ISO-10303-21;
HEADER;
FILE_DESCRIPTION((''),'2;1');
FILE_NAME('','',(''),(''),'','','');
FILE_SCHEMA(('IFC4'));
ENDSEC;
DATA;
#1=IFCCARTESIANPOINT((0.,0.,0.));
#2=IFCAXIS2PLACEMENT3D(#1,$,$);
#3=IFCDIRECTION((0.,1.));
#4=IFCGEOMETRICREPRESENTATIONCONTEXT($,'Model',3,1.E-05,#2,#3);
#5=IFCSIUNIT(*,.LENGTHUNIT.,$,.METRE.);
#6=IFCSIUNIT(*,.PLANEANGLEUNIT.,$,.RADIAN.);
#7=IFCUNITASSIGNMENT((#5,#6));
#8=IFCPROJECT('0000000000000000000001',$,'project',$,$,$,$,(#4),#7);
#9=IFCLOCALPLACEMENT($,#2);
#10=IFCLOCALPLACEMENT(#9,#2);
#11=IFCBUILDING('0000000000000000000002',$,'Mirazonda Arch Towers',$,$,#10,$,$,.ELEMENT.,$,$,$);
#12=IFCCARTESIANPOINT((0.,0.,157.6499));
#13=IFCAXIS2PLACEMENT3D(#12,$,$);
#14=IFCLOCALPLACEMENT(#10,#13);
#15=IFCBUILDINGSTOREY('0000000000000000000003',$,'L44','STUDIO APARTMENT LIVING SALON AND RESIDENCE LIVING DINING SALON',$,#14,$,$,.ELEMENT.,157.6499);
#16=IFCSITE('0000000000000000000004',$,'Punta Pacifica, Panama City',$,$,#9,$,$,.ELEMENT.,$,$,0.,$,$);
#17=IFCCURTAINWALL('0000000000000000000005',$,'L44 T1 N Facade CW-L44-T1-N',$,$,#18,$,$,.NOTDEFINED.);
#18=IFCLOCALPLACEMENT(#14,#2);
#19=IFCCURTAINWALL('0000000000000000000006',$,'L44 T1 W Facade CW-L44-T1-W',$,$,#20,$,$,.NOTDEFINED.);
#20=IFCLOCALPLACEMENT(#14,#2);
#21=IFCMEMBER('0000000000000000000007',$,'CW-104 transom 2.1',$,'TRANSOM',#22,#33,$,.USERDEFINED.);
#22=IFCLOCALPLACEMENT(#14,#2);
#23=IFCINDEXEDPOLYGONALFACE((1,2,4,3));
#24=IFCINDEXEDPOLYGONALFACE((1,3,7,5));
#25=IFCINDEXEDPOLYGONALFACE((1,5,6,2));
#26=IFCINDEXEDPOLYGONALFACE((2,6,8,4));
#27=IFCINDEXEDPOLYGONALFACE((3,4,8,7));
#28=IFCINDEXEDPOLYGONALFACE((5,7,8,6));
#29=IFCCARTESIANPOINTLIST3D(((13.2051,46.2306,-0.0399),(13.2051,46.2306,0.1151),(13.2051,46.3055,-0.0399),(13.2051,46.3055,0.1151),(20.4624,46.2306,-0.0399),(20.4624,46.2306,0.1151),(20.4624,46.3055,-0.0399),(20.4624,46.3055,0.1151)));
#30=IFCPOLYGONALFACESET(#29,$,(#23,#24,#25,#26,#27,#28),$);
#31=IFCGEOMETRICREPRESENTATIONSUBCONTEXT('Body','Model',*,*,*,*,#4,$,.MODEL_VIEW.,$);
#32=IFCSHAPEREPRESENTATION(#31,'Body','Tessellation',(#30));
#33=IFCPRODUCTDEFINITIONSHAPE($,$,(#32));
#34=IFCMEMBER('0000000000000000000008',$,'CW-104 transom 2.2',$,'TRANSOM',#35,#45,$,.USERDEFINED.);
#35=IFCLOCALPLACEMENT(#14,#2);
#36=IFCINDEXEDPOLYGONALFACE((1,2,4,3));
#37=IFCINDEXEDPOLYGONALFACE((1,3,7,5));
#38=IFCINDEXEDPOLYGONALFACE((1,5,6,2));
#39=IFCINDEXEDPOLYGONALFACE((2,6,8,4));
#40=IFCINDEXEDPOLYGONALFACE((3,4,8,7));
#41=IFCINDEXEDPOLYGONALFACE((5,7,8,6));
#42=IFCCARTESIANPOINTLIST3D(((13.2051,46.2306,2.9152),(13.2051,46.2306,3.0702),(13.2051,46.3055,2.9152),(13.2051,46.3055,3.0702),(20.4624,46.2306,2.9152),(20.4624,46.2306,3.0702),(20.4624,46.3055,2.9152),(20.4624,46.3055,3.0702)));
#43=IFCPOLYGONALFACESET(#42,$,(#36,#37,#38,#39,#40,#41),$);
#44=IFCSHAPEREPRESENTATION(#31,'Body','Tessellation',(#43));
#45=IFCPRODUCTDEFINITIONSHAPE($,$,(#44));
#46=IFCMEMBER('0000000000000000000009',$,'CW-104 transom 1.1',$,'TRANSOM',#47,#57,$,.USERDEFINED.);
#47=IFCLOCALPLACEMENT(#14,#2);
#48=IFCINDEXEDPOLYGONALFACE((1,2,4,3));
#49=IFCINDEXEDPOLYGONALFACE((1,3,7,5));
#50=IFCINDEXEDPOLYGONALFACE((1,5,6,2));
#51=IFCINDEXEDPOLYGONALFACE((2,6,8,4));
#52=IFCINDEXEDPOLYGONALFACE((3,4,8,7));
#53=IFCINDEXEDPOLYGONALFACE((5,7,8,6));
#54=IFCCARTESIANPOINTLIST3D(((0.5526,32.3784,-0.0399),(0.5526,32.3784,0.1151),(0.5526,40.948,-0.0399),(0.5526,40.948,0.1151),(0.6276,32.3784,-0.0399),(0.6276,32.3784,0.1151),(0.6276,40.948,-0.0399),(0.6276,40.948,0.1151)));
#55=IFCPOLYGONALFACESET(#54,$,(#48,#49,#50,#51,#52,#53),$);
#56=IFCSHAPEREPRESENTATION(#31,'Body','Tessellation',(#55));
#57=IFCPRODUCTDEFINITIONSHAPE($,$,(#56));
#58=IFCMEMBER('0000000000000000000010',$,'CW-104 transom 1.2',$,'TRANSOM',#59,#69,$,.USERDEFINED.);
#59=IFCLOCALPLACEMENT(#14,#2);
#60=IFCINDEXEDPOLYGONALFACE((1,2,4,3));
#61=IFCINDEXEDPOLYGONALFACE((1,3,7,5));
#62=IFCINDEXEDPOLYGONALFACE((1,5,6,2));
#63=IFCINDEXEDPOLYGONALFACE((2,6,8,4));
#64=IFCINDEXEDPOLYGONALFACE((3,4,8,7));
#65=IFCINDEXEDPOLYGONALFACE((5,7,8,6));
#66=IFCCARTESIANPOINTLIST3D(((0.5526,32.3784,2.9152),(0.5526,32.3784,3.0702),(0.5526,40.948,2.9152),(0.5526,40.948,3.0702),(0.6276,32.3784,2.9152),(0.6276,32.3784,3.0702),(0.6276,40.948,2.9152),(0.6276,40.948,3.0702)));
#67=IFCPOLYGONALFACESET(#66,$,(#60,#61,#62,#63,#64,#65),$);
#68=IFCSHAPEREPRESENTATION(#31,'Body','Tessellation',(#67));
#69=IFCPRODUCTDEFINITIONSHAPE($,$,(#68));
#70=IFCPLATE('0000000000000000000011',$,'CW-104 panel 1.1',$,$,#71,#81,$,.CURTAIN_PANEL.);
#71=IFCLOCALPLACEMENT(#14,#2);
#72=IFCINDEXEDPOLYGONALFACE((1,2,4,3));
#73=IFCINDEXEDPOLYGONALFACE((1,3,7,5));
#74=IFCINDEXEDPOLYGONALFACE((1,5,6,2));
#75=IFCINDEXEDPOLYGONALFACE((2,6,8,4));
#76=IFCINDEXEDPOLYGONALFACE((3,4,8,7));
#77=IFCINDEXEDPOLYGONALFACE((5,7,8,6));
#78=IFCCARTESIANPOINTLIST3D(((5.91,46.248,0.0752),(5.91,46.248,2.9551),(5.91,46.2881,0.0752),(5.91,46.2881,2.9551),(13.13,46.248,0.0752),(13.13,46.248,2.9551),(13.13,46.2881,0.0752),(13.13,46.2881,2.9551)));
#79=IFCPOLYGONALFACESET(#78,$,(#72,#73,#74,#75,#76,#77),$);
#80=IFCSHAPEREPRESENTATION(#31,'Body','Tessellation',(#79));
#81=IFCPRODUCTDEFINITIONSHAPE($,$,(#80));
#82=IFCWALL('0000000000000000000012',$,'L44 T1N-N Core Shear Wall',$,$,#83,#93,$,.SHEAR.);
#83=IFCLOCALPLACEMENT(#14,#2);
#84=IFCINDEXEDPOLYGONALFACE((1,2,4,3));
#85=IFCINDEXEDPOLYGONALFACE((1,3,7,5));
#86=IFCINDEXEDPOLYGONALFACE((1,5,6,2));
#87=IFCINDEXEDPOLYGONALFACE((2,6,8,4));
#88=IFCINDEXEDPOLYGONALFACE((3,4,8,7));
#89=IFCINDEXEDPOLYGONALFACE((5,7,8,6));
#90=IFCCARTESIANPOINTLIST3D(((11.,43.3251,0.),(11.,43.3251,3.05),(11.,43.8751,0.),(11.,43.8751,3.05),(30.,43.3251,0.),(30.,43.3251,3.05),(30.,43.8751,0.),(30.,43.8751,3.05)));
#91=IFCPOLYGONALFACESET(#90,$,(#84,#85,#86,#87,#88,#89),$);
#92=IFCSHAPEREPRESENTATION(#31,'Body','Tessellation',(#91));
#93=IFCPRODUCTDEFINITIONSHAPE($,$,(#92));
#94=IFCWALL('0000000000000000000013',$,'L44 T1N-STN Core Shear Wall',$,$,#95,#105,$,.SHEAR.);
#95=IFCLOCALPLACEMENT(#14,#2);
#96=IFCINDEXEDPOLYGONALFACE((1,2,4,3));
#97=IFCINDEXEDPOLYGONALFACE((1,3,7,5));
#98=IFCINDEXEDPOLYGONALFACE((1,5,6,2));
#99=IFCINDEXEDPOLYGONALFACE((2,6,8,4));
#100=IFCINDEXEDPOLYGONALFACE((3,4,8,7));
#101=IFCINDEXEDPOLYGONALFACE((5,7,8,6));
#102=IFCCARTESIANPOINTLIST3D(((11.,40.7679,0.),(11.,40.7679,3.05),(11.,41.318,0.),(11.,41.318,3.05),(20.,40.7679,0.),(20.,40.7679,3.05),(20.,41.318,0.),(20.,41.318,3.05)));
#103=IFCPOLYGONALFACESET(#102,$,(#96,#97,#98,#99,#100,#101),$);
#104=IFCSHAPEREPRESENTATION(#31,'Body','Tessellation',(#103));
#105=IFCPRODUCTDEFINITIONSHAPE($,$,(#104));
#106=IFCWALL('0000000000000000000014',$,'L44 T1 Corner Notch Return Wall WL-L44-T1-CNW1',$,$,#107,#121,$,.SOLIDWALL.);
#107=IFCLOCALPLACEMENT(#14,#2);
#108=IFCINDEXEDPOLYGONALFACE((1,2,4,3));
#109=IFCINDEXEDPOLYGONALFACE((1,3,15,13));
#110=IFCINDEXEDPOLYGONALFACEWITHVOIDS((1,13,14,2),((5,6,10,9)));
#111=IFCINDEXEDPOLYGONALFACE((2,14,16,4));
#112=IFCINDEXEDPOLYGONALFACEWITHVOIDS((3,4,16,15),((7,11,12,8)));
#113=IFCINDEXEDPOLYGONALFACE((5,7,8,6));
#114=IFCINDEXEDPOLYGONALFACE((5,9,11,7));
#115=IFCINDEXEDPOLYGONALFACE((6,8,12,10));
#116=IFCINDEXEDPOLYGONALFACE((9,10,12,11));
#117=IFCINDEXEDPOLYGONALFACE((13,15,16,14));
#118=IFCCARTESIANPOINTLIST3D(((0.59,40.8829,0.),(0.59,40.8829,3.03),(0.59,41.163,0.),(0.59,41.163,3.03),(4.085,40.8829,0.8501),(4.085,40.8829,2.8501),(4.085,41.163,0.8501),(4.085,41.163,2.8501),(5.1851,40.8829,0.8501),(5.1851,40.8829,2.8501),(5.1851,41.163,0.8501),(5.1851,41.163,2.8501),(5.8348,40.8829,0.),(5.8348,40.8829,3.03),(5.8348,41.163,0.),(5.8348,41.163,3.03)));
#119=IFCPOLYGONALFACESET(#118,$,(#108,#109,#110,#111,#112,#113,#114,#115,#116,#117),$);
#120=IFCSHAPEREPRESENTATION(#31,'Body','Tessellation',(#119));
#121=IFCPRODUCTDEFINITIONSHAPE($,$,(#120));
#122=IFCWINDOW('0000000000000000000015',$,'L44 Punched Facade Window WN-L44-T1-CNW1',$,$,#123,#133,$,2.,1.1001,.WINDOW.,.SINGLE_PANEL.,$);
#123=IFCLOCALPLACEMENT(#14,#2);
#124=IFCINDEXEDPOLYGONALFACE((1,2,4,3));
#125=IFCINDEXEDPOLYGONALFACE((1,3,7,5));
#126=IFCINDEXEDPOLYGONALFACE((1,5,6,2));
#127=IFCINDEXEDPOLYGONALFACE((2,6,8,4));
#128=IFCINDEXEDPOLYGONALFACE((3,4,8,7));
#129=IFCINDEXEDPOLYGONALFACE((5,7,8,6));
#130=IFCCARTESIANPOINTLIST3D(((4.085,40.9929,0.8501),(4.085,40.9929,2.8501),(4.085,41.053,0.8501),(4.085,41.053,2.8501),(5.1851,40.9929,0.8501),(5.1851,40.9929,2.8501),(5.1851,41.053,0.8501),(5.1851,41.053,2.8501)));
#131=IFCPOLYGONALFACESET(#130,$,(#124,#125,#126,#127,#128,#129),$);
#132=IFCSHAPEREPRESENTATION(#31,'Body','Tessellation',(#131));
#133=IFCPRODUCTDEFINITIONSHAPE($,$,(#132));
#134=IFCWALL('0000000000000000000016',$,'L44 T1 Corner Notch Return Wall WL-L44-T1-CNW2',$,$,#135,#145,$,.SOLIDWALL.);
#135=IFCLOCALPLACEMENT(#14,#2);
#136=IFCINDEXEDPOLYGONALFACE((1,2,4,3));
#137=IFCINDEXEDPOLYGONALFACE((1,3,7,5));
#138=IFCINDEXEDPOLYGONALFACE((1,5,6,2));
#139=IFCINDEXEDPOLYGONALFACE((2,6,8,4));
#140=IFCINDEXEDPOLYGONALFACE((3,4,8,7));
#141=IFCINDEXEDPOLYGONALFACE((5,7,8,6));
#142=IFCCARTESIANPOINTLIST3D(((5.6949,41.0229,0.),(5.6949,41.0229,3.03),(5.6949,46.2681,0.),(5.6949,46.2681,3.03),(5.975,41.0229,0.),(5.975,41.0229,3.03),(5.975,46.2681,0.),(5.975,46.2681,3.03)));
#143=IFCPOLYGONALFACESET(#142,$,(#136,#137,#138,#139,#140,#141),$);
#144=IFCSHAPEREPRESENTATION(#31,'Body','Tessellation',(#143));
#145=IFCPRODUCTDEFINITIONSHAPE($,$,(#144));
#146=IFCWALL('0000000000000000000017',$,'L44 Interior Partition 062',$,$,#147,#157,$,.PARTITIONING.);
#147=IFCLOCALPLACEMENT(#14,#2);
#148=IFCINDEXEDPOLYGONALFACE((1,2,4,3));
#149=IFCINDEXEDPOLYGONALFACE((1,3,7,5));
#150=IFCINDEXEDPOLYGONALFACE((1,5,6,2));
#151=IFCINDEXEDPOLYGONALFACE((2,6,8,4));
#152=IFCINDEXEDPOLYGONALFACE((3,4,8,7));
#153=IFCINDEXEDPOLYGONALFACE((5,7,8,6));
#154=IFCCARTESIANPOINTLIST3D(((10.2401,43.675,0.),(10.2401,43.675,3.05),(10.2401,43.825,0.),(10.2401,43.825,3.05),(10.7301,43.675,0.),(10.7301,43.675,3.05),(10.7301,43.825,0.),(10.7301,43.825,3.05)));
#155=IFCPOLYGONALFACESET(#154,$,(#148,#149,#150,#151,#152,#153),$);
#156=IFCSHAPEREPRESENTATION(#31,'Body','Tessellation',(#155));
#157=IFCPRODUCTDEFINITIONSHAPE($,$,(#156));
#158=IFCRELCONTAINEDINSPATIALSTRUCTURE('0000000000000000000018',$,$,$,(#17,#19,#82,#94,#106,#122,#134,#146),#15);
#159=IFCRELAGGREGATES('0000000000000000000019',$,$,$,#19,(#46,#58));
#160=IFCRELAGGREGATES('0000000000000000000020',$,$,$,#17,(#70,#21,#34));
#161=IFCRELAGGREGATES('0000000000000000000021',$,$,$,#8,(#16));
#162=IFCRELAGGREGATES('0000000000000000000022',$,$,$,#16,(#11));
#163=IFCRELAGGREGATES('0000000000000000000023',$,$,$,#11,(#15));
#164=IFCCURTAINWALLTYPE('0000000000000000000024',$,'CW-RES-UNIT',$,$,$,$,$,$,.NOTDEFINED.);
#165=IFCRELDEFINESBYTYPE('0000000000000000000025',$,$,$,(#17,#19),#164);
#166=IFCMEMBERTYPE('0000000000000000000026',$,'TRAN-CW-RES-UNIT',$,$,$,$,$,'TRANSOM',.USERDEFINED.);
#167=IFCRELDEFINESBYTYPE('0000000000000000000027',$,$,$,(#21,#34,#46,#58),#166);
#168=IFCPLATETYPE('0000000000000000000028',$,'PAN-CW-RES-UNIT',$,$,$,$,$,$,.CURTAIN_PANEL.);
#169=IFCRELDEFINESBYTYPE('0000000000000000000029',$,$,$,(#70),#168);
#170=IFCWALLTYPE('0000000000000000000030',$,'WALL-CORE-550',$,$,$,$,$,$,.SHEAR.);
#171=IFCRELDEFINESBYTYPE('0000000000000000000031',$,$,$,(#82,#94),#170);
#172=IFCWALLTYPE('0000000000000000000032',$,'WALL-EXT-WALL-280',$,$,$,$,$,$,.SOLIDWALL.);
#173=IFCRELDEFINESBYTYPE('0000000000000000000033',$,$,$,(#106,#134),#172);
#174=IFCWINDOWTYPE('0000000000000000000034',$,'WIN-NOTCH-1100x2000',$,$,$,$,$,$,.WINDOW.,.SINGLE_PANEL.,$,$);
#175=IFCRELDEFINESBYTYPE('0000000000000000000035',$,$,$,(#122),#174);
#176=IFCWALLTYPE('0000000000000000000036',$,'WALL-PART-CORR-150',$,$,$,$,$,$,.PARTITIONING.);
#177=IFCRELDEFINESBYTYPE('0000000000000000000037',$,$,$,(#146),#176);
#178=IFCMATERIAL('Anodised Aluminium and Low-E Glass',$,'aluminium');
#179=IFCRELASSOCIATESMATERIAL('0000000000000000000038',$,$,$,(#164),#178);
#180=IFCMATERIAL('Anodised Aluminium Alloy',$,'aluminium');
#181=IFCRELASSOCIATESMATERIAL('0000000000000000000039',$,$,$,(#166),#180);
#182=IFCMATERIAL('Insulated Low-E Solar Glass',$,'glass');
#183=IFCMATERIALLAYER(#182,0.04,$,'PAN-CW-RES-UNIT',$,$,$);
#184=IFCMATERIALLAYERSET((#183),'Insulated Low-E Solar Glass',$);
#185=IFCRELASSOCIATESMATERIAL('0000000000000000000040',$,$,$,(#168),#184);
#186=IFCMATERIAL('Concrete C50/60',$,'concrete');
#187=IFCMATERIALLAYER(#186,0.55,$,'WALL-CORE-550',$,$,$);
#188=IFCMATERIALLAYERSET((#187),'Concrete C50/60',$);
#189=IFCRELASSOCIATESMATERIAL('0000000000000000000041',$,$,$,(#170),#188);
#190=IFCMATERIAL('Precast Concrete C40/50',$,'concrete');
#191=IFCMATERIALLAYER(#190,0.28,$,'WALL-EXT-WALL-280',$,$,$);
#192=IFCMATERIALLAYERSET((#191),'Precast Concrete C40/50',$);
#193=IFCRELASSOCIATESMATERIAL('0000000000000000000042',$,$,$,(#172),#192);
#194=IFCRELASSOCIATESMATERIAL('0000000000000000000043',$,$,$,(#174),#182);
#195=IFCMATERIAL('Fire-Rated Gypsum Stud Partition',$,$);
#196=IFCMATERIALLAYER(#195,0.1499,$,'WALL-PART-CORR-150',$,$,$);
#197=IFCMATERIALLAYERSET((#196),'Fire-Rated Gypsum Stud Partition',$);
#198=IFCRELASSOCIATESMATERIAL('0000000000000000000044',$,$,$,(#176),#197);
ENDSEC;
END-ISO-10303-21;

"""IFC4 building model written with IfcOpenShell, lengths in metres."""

from ifc_helpers import new_model, si_unit, direction, frame, frame_2d, origin, origin_2d, place, context, subcontext, project, spatial, rectangle, extrude, material, layer, layer_set, material_profile, profile_set, type_object, element, fill, aggregate, save


model = new_model("IFC4")

# Units and contexts
model_context = context("Model", 3, precision=1e-05, world=origin(), true_north=direction((0.0, 1.0)))
body_context = subcontext(model_context, "Body", "Model", "MODEL_VIEW")
ifc_project = project(units=[si_unit("LENGTHUNIT", "METRE"), si_unit("PLANEANGLEUNIT", "RADIAN")], contexts=[model_context])

# Site, building, storey
site_placement = place(None, origin())
site = spatial("IfcSite", under=ifc_project, at=site_placement, Name="Punta Pacifica, Panama City", CompositionType="ELEMENT", RefElevation=0.0)
building_placement = place(site_placement, origin())
building = spatial("IfcBuilding", under=site, at=building_placement, Name="Mirazonda Arch Towers", CompositionType="ELEMENT")
storey_placement = place(building_placement, frame((0.0, 0.0, 157.6499)))
storey = spatial("IfcBuildingStorey", under=building, at=storey_placement, Name="L44", Description="STUDIO APARTMENT LIVING SALON AND RESIDENCE LIVING DINING SALON", CompositionType="ELEMENT", Elevation=157.6499)

# Shared definitions
ifc_material_1 = material(Name="Concrete C50/60", Category="concrete")

# Curtain wall
ifc_material_2 = material(Name="Anodised Aluminium and Low-E Glass", Category="aluminium")
curtain_wall_type = type_object("IfcCurtainWallType", Name="CW-RES-UNIT", PredefinedType="NOTDEFINED", material=ifc_material_2)
curtain_wall_1_placement = place(storey_placement, origin())
curtain_wall_1 = element("IfcCurtainWall", 1, at=curtain_wall_1_placement, inside=storey, type_object=curtain_wall_type, Name="L44 T1 N Facade CW-L44-T1-N", PredefinedType="NOTDEFINED")
ifc_material_3 = material(Name="Anodised Aluminium Alloy", Category="aluminium")

# Curtain wall
curtain_wall_2_placement = place(storey_placement, origin())
curtain_wall_2 = element("IfcCurtainWall", 2, at=curtain_wall_2_placement, inside=storey, type_object=curtain_wall_type, Name="L44 T1 W Facade CW-L44-T1-W", PredefinedType="NOTDEFINED")

# Members
ifc_material_profile_1 = material_profile(ifc_material_3, rectangle(XDim=0.075, YDim=0.155, at=origin_2d()), Name="ALU-TRAN-75x155")
ifc_profile_set_1 = profile_set([ifc_material_profile_1], Name="Anodised Aluminium Alloy")
member_type_1 = type_object("IfcMemberType", Name="TRAN-CW-RES-UNIT", ElementType="TRANSOM", PredefinedType="USERDEFINED", material=ifc_profile_set_1)
member_1_placement = place(storey_placement, frame((13.2051, 46.2681, 0.0376), z_axis=(1.0, 0.0, 0.0), x_axis=(0.0, 1.0, 0.0)))
member_1 = element("IfcMember", 3, at=member_1_placement, type_object=member_type_1, Name="CW-104 transom 2.1", ObjectType="TRANSOM", PredefinedType="USERDEFINED", context=body_context, shape_type="SweptSolid", body=[
    extrude(rectangle(XDim=0.075, YDim=0.155, at=origin_2d()), origin(), (0.0, 0.0, 1.0), 7.2573),
])
member_2_placement = place(storey_placement, frame((13.2051, 46.2681, 2.9927), z_axis=(1.0, 0.0, 0.0), x_axis=(0.0, 1.0, 0.0)))
member_2 = element("IfcMember", 4, at=member_2_placement, type_object=member_type_1, Name="CW-104 transom 2.2", ObjectType="TRANSOM", PredefinedType="USERDEFINED", context=body_context, shape_type="SweptSolid", body=[
    extrude(rectangle(XDim=0.075, YDim=0.155, at=origin_2d()), origin(), (0.0, 0.0, 1.0), 7.2573),
])
member_3_placement = place(storey_placement, frame((0.5901, 40.948, 0.0376), z_axis=(0.0, -1.0, 0.0), x_axis=(1.0, 0.0, 0.0)))
member_3 = element("IfcMember", 5, at=member_3_placement, type_object=member_type_1, Name="CW-104 transom 1.1", ObjectType="TRANSOM", PredefinedType="USERDEFINED", context=body_context, shape_type="SweptSolid", body=[
    extrude(rectangle(XDim=0.075, YDim=0.155, at=origin_2d()), origin(), (0.0, 0.0, 1.0), 8.5696),
])
member_4_placement = place(storey_placement, frame((0.5901, 40.948, 2.9927), z_axis=(0.0, -1.0, 0.0), x_axis=(1.0, 0.0, 0.0)))
member_4 = element("IfcMember", 6, at=member_4_placement, type_object=member_type_1, Name="CW-104 transom 1.2", ObjectType="TRANSOM", PredefinedType="USERDEFINED", context=body_context, shape_type="SweptSolid", body=[
    extrude(rectangle(XDim=0.075, YDim=0.155, at=origin_2d()), origin(), (0.0, 0.0, 1.0), 8.5696),
])
aggregate(curtain_wall_2, [member_3, member_4])

# Plate
ifc_material_4 = material(Name="Insulated Low-E Solar Glass", Category="glass")
ifc_layer_1 = layer(ifc_material_4, 0.04, Name="PAN-CW-RES-UNIT")
ifc_layer_set_1 = layer_set([ifc_layer_1], Name="Insulated Low-E Solar Glass")
plate_type = type_object("IfcPlateType", Name="PAN-CW-RES-UNIT", PredefinedType="CURTAIN_PANEL", material=ifc_layer_set_1)
plate_placement = place(storey_placement, frame((9.52, 46.2681, 0.0752), z_axis=(0.0, 0.0, 1.0), x_axis=(1.0, 0.0, 0.0)))
plate = element("IfcPlate", 7, at=plate_placement, type_object=plate_type, Name="CW-104 panel 1.1", PredefinedType="CURTAIN_PANEL", context=body_context, shape_type="SweptSolid", body=[
    extrude(rectangle(XDim=7.22, YDim=0.04, at=origin_2d()), origin(), (0.0, 0.0, 1.0), 2.8799),
])
aggregate(curtain_wall_1, [plate, member_1, member_2])

# Walls
ifc_layer_2 = layer(ifc_material_1, 0.55, Name="WALL-CORE-550")
ifc_layer_set_2 = layer_set([ifc_layer_2], Name="Concrete C50/60")
wall_type_1 = type_object("IfcWallType", Name="WALL-CORE-550", PredefinedType="SHEAR", material=ifc_layer_set_2)
wall_1_placement = place(storey_placement, frame((11.0, 43.6001, 0.0), z_axis=(0.0, 0.0, 1.0), x_axis=(1.0, 0.0, 0.0)))
element("IfcWall", 8, at=wall_1_placement, inside=storey, type_object=wall_type_1, Name="L44 T1N-N Core Shear Wall", PredefinedType="SHEAR", context=body_context, shape_type="SweptSolid", body=[
    extrude(rectangle(XDim=19.0, YDim=0.55, at=frame_2d((9.5, 0.0))), origin(), (0.0, 0.0, 1.0), 3.05),
])
wall_2_placement = place(storey_placement, frame((11.0, 41.043, 0.0), z_axis=(0.0, 0.0, 1.0), x_axis=(1.0, 0.0, 0.0)))
element("IfcWall", 9, at=wall_2_placement, inside=storey, type_object=wall_type_1, Name="L44 T1N-STN Core Shear Wall", PredefinedType="SHEAR", context=body_context, shape_type="SweptSolid", body=[
    extrude(rectangle(XDim=9.0, YDim=0.55, at=frame_2d((4.5, 0.0))), origin(), (0.0, 0.0, 1.0), 3.05),
])

# Wall, opening, window
ifc_material_5 = material(Name="Precast Concrete C40/50", Category="concrete")
ifc_layer_3 = layer(ifc_material_5, 0.28, Name="WALL-EXT-WALL-280")
ifc_layer_set_3 = layer_set([ifc_layer_3], Name="Precast Concrete C40/50")
wall_type_2 = type_object("IfcWallType", Name="WALL-EXT-WALL-280", PredefinedType="SOLIDWALL", material=ifc_layer_set_3)
wall_3_placement = place(storey_placement, frame((5.835, 41.0229, 0.0), z_axis=(0.0, 0.0, 1.0), x_axis=(-1.0, 0.0, 0.0)))
wall_3 = element("IfcWall", 10, at=wall_3_placement, inside=storey, type_object=wall_type_2, Name="L44 T1 Corner Notch Return Wall WL-L44-T1-CNW1", PredefinedType="SOLIDWALL", context=body_context, shape_type="SweptSolid", body=[
    extrude(rectangle(XDim=5.2449, YDim=0.28, at=frame_2d((2.6226, 0.0))), origin(), (0.0, 0.0, 1.0), 3.03),
])
opening_1_placement = place(wall_3_placement, frame((0.6499, 0.0, 0.8501)))
opening_1 = element("IfcOpeningElement", 11, at=opening_1_placement, cuts=wall_3, PredefinedType="OPENING", context=body_context, shape_type="SweptSolid", body=[
    extrude(rectangle(XDim=1.1001, YDim=2.0, at=frame_2d((0.55, 1.0))), frame((0.0, 0.1499, 0.0), z_axis=(0.0, -1.0, 0.0), x_axis=(1.0, 0.0, 0.0)), (0.0, 0.0, 1.0), 0.3),
])
window_type = type_object("IfcWindowType", Name="WIN-NOTCH-1100x2000", PartitioningType="SINGLE_PANEL", PredefinedType="WINDOW", material=ifc_material_4)
window_placement = place(opening_1_placement, origin())
window = element("IfcWindow", 12, at=window_placement, inside=storey, type_object=window_type, Name="L44 Punched Facade Window WN-L44-T1-CNW1", OverallHeight=2.0, OverallWidth=1.1001, PartitioningType="SINGLE_PANEL", PredefinedType="WINDOW", context=body_context, shape_type="SweptSolid", body=[
    extrude(rectangle(XDim=1.1001, YDim=2.0, at=frame_2d((0.55, 1.0))), frame((0.0, 0.03, 0.0), z_axis=(0.0, -1.0, 0.0), x_axis=(1.0, 0.0, 0.0)), (0.0, 0.0, 1.0), 0.0601),
])
fill(opening_1, window)

# Walls
wall_4_placement = place(storey_placement, frame((5.835, 46.2681, 0.0), z_axis=(0.0, 0.0, 1.0), x_axis=(0.0, -1.0, 0.0)))
element("IfcWall", 13, at=wall_4_placement, inside=storey, type_object=wall_type_2, Name="L44 T1 Corner Notch Return Wall WL-L44-T1-CNW2", PredefinedType="SOLIDWALL", context=body_context, shape_type="SweptSolid", body=[
    extrude(rectangle(XDim=5.2451, YDim=0.28, at=frame_2d((2.6226, 0.0))), origin(), (0.0, 0.0, 1.0), 3.03),
])
ifc_material_6 = material(Name="Fire-Rated Gypsum Stud Partition")
ifc_layer_4 = layer(ifc_material_6, 0.1499, Name="WALL-PART-CORR-150")
ifc_layer_set_4 = layer_set([ifc_layer_4], Name="Fire-Rated Gypsum Stud Partition")
wall_type_3 = type_object("IfcWallType", Name="WALL-PART-CORR-150", PredefinedType="PARTITIONING", material=ifc_layer_set_4)
wall_5_placement = place(storey_placement, frame((10.24, 43.75, 0.0), z_axis=(0.0, 0.0, 1.0), x_axis=(1.0, 0.0, 0.0)))
element("IfcWall", 14, at=wall_5_placement, inside=storey, type_object=wall_type_3, Name="L44 Interior Partition 062", PredefinedType="PARTITIONING", context=body_context, shape_type="SweptSolid", body=[
    extrude(rectangle(XDim=0.49, YDim=0.1499, at=frame_2d((0.2451, 0.0))), origin(), (0.0, 0.0, 1.0), 3.05),
])

save(model, "model.ifc")
